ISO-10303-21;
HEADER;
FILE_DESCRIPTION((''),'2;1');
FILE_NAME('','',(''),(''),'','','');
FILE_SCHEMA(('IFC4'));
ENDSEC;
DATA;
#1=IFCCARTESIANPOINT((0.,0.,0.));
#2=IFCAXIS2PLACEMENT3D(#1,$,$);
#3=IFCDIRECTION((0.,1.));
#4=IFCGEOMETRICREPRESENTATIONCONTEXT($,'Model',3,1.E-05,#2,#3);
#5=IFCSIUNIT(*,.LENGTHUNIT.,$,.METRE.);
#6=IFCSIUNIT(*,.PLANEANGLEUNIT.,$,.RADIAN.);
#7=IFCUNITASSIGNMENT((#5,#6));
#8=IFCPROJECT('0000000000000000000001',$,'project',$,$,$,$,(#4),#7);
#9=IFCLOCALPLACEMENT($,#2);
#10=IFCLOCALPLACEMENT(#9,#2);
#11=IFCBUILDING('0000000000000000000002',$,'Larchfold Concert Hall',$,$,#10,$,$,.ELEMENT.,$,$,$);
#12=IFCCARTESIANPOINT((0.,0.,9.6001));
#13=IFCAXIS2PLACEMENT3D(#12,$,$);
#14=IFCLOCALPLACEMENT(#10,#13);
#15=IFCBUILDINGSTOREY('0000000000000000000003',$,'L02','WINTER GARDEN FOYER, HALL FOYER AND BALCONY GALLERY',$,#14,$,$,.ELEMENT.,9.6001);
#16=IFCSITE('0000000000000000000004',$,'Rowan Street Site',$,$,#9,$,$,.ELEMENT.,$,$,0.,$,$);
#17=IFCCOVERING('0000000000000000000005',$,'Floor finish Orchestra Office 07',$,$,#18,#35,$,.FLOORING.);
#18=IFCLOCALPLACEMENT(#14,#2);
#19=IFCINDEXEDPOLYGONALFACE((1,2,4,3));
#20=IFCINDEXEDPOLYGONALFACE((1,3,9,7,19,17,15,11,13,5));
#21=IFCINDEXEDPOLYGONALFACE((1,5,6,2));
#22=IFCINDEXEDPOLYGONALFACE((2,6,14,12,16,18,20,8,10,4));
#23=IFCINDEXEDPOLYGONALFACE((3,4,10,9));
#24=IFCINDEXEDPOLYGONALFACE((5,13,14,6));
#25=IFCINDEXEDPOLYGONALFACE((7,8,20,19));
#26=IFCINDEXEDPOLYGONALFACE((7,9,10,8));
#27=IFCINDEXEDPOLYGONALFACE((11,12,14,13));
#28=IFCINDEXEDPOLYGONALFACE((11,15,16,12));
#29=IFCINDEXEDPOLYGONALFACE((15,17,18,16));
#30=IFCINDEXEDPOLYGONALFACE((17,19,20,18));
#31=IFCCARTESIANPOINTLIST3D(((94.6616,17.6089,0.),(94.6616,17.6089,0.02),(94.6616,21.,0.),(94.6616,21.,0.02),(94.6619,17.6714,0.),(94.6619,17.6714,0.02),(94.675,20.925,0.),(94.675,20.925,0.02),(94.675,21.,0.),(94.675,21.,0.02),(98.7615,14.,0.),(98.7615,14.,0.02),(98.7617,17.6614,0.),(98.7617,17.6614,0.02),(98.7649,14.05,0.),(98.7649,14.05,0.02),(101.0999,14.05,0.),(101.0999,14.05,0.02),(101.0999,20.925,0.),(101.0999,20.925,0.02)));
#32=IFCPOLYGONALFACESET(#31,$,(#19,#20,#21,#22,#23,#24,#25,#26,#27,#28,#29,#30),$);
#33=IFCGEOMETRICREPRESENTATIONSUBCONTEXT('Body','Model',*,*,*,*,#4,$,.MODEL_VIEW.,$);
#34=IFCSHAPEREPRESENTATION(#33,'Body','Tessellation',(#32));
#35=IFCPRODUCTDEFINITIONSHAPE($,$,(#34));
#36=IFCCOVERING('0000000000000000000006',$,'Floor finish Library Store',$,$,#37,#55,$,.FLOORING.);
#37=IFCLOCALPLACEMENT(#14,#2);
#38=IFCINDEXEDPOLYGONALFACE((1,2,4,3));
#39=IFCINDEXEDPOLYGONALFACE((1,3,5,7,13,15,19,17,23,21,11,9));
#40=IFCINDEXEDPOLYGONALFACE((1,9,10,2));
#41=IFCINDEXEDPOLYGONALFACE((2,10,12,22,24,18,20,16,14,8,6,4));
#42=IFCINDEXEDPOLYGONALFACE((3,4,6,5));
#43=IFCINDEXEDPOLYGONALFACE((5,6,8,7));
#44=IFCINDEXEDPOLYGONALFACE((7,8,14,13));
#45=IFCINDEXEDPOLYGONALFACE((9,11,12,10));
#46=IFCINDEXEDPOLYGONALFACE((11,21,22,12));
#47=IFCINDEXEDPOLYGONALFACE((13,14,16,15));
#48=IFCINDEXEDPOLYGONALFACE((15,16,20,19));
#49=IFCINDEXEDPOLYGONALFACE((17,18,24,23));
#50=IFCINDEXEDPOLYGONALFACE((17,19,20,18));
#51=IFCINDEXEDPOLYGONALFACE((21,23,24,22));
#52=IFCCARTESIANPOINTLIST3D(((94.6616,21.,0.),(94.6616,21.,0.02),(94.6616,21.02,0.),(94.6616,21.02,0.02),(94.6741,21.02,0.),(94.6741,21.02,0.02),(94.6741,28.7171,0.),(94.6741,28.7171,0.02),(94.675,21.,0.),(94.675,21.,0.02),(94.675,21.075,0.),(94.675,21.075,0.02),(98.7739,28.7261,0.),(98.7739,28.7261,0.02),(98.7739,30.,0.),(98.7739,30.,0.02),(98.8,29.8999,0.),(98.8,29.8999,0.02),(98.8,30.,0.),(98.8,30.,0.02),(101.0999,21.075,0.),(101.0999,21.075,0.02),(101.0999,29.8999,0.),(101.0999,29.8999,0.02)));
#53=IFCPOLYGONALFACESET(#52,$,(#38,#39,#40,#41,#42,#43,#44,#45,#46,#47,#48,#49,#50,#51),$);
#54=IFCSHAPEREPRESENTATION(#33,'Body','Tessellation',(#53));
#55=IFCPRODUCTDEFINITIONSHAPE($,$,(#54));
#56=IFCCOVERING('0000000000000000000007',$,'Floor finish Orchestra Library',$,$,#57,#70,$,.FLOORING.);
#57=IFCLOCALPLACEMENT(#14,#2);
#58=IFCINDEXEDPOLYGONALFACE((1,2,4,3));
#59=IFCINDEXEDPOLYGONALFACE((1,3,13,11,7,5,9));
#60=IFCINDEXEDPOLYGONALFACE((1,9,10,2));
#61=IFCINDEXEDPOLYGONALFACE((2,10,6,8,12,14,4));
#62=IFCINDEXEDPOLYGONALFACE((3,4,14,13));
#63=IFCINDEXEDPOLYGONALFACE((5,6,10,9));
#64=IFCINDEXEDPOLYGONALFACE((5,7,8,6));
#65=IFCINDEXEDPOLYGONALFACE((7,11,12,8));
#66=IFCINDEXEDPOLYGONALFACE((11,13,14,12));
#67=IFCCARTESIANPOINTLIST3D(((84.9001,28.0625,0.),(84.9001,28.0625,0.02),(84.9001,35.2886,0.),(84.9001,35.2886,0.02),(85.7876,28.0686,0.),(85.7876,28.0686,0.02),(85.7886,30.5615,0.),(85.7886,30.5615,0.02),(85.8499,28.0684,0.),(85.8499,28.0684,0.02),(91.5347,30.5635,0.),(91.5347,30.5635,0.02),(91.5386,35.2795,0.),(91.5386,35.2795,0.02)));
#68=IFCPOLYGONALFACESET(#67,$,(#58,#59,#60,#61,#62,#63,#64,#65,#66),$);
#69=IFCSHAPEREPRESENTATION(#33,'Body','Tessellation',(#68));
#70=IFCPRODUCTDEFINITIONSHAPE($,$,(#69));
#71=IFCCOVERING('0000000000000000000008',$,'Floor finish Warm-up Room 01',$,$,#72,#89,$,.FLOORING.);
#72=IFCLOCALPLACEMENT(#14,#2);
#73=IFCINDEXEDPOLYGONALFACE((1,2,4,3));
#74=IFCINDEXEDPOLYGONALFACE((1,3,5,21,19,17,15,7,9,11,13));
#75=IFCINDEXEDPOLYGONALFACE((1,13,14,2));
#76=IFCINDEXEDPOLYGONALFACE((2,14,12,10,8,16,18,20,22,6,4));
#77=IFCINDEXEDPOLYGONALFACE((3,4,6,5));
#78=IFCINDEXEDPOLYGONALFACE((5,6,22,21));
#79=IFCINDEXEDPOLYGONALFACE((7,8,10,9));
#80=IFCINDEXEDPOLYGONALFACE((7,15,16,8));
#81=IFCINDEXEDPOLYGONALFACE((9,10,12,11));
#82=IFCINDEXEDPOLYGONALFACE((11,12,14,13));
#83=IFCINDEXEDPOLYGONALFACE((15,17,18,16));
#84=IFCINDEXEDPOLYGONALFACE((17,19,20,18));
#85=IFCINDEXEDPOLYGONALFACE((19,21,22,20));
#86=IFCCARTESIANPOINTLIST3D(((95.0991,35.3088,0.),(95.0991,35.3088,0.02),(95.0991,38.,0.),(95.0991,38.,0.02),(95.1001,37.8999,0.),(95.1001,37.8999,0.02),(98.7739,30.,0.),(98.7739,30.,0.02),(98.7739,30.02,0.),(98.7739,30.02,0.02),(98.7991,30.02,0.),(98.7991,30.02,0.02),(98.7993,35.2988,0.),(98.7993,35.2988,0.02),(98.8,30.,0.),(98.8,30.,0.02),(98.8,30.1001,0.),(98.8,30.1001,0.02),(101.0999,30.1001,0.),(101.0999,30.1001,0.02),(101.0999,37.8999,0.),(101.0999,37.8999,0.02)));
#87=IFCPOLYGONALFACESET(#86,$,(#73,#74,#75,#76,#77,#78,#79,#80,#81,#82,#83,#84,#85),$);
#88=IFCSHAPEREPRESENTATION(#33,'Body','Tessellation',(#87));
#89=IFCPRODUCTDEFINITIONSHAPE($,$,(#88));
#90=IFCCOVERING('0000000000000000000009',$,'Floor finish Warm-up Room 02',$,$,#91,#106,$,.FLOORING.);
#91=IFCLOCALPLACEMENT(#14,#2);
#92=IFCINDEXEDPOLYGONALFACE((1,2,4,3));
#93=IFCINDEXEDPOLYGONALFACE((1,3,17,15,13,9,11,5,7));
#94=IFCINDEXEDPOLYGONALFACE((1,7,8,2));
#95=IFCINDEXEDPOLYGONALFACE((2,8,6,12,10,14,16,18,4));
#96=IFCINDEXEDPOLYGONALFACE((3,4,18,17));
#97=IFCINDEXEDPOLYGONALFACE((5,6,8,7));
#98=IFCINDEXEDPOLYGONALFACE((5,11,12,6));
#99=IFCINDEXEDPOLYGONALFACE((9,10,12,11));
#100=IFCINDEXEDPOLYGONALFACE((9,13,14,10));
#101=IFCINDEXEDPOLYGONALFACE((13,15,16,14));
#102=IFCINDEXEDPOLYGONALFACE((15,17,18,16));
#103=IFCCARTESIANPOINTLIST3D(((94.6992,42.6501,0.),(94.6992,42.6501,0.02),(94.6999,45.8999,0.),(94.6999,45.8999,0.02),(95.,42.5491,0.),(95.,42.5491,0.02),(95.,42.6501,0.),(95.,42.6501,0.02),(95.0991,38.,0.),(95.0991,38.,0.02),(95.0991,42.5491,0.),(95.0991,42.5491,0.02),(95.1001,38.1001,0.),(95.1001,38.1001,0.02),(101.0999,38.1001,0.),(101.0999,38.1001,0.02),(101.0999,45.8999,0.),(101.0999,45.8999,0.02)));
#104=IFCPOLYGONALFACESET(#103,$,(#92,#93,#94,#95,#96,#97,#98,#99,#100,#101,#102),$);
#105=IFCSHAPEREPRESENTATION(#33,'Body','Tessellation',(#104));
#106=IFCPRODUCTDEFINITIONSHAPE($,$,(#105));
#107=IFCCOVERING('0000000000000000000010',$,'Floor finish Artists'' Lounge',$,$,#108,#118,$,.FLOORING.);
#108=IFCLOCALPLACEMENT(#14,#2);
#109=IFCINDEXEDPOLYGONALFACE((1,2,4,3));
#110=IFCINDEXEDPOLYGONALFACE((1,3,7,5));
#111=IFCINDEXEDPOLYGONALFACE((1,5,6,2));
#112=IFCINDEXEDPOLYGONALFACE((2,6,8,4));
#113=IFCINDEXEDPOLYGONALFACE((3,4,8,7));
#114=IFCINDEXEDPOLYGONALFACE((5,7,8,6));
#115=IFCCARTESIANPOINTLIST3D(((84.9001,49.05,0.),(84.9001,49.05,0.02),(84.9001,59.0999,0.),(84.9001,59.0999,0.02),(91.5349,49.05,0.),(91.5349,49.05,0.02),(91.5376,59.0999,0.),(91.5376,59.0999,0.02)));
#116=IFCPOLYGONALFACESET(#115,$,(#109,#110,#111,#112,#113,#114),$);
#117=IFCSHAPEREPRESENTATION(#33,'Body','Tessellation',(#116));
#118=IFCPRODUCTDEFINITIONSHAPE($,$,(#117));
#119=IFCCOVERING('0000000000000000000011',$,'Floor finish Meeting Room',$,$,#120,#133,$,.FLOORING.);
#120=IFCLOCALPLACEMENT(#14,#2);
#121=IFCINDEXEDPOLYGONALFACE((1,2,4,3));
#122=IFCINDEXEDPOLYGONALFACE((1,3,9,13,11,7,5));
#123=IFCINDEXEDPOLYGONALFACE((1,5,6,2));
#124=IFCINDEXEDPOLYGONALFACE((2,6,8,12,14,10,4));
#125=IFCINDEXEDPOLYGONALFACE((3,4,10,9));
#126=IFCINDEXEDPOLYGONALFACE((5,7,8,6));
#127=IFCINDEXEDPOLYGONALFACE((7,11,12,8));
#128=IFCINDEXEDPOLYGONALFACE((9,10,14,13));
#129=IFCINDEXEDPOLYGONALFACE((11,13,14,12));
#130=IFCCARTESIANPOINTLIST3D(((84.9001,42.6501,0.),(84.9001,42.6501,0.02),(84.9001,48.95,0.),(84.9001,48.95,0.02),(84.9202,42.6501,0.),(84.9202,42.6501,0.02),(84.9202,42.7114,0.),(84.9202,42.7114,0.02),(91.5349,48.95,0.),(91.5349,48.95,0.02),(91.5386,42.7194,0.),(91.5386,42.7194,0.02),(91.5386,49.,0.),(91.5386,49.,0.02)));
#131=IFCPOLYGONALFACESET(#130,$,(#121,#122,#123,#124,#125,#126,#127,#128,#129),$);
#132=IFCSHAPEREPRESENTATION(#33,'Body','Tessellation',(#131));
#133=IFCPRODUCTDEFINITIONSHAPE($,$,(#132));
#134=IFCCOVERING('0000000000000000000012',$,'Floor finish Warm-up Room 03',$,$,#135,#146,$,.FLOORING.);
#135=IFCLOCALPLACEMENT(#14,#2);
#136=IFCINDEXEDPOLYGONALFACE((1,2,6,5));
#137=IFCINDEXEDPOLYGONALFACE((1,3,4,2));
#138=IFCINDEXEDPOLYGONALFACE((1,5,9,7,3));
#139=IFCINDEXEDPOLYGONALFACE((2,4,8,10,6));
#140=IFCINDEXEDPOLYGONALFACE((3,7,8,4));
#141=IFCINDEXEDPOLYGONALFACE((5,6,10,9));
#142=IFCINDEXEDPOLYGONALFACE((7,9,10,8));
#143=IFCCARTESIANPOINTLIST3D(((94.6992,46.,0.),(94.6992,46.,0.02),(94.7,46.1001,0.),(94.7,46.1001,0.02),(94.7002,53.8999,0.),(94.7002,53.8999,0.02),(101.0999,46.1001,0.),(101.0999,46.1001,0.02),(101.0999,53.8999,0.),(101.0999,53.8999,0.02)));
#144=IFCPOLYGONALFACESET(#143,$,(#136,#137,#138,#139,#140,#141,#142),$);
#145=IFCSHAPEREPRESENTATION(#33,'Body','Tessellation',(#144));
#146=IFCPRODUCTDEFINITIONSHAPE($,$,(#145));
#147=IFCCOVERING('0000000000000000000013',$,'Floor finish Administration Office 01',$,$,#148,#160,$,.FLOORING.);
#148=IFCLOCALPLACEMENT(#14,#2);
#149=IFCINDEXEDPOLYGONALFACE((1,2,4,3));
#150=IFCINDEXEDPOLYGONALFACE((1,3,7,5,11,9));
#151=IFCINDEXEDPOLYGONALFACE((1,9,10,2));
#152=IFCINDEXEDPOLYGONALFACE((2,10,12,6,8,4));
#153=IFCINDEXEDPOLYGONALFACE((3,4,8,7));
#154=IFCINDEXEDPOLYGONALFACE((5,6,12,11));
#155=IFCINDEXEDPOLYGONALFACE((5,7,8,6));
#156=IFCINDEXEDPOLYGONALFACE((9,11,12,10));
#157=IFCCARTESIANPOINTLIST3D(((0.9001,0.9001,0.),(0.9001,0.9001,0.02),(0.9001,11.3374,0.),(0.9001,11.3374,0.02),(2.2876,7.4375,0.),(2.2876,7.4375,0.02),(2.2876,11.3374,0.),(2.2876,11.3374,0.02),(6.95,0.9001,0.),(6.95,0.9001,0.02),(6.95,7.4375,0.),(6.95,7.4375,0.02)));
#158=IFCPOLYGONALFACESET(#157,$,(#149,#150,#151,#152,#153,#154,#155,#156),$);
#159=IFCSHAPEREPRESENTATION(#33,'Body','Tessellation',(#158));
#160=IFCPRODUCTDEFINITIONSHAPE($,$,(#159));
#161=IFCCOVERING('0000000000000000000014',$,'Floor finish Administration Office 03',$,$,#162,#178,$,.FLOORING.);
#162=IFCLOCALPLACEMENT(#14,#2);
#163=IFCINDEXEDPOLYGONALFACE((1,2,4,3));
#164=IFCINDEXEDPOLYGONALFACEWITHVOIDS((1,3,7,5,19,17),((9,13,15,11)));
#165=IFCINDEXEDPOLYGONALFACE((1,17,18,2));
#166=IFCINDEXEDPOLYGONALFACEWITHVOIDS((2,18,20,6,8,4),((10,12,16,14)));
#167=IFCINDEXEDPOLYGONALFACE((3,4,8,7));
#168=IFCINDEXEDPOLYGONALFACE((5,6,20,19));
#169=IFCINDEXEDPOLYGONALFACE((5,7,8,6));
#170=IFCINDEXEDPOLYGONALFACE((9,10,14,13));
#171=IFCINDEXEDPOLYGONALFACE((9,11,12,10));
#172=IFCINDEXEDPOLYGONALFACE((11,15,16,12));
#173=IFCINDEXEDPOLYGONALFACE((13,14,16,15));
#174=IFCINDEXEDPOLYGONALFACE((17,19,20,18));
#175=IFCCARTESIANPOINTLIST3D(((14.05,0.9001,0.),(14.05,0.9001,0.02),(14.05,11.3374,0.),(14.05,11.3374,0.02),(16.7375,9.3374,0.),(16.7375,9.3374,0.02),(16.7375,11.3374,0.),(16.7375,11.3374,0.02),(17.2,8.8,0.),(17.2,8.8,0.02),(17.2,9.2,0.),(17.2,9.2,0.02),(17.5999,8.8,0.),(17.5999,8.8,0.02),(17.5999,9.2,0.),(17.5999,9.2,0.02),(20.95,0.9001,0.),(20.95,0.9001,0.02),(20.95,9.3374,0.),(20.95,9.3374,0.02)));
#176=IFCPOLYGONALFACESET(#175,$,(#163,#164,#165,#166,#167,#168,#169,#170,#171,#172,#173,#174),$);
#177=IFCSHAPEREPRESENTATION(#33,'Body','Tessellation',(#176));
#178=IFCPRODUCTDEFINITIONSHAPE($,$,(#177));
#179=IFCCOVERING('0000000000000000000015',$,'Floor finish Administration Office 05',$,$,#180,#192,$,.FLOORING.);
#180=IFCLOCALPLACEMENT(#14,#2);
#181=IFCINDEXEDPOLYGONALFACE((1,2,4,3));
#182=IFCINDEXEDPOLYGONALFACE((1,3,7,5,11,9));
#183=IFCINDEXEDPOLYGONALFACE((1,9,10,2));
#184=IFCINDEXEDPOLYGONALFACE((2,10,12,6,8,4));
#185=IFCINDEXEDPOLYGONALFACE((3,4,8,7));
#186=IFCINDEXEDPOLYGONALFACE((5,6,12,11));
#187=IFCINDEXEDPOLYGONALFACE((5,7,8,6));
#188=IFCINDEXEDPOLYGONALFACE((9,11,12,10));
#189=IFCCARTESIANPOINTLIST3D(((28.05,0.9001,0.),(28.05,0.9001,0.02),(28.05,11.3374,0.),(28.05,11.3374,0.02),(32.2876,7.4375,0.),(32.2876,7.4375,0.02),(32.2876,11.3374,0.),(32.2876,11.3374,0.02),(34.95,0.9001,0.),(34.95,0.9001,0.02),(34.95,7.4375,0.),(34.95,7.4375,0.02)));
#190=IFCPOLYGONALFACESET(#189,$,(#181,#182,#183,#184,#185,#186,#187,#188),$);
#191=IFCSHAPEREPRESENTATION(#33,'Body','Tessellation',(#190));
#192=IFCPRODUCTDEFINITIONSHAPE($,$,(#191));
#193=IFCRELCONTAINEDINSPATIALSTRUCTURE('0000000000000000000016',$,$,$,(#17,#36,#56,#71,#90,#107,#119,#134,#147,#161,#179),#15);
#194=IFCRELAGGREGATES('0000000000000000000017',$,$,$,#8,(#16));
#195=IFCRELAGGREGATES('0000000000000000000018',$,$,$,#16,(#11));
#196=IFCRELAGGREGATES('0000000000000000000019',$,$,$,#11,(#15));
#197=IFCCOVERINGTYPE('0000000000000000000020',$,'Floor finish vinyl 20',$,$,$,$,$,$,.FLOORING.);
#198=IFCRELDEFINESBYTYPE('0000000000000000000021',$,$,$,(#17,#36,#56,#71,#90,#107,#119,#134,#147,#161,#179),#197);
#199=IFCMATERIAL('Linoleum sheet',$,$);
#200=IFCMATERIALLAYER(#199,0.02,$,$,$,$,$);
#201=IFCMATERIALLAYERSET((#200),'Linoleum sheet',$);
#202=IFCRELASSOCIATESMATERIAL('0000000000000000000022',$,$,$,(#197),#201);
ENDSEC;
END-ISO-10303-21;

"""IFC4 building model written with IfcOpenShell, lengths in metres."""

from ifc_helpers import new_model, si_unit, direction, frame, origin, place, context, subcontext, project, spatial, polyline, outline, extrude, material, layer, layer_set, type_object, element, save


model = new_model("IFC4")

# Units and contexts
model_context = context("Model", 3, precision=1e-05, world=origin(), true_north=direction((0.0, 1.0)))
body_context = subcontext(model_context, "Body", "Model", "MODEL_VIEW")
ifc_project = project(units=[si_unit("LENGTHUNIT", "METRE"), si_unit("PLANEANGLEUNIT", "RADIAN")], contexts=[model_context])

# Site, building, storey
site_placement = place(None, origin())
site = spatial("IfcSite", under=ifc_project, at=site_placement, Name="Rowan Street Site", CompositionType="ELEMENT", RefElevation=0.0)
building_placement = place(site_placement, origin())
building = spatial("IfcBuilding", under=site, at=building_placement, Name="Larchfold Concert Hall", CompositionType="ELEMENT")
storey_placement = place(building_placement, frame((0.0, 0.0, 9.6001)))
storey = spatial("IfcBuildingStorey", under=building, at=storey_placement, Name="L02", Description="WINTER GARDEN FOYER, HALL FOYER AND BALCONY GALLERY", CompositionType="ELEMENT", Elevation=9.6001)

# Coverings
ifc_material_1 = material(Name="Linoleum sheet")
ifc_layer_1 = layer(ifc_material_1, 0.02)
ifc_layer_set_1 = layer_set([ifc_layer_1], Name="Linoleum sheet")
covering_type_1 = type_object("IfcCoveringType", Name="Floor finish vinyl 20", PredefinedType="FLOORING", material=ifc_layer_set_1)
covering_1_placement = place(storey_placement, origin())
element("IfcCovering", 1, at=covering_1_placement, inside=storey, type_object=covering_type_1, Name="Floor finish Orchestra Office 07", PredefinedType="FLOORING", context=body_context, shape_type="SweptSolid", body=[
    extrude(outline(polyline([(94.6616, 17.6089), (94.6619, 17.6714), (98.7617, 17.6614), (98.7615, 14.0), (98.7649, 14.05), (101.0999, 14.05), (101.0999, 20.925), (94.675, 20.925), (94.675, 21.0), (94.6616, 21.0), (94.6616, 17.6089)])), origin(), (0.0, 0.0, 1.0), 0.02),
])
covering_2_placement = place(storey_placement, origin())
element("IfcCovering", 2, at=covering_2_placement, inside=storey, type_object=covering_type_1, Name="Floor finish Library Store", PredefinedType="FLOORING", context=body_context, shape_type="SweptSolid", body=[
    extrude(outline(polyline([(94.657, 28.717), (94.6741, 28.717), (94.6741, 21.02), (94.6616, 21.02), (94.6616, 21.0), (94.675, 21.0), (94.675, 21.075), (101.0999, 21.075), (101.0999, 29.8999), (98.8, 29.8999), (98.8, 30.0), (98.7739, 30.0), (98.7739, 28.7261), (94.657, 28.717)])), origin(), (0.0, 0.0, 1.0), 0.02),
])
covering_3_placement = place(storey_placement, origin())
element("IfcCovering", 3, at=covering_3_placement, inside=storey, type_object=covering_type_1, Name="Floor finish Orchestra Library", PredefinedType="FLOORING", context=body_context, shape_type="SweptSolid", body=[
    extrude(outline(polyline([(85.8499, 28.0684), (85.7876, 28.0686), (85.7886, 30.5615), (91.6001, 30.5635), (91.5347, 30.5635), (91.5386, 35.2795), (84.9001, 35.2886), (84.9001, 28.0625), (85.8499, 28.0684)])), origin(), (0.0, 0.0, 1.0), 0.02),
])
covering_4_placement = place(storey_placement, origin())
element("IfcCovering", 4, at=covering_4_placement, inside=storey, type_object=covering_type_1, Name="Floor finish Warm-up Room 01", PredefinedType="FLOORING", context=body_context, shape_type="SweptSolid", body=[
    extrude(outline(polyline([(95.0991, 35.3088), (98.7993, 35.2988), (98.7991, 30.02), (98.7739, 30.02), (98.7739, 30.0), (98.8, 30.0), (98.8, 30.1001), (101.0999, 30.1001), (101.0999, 37.8999), (95.1001, 37.8999), (95.0991, 38.0), (95.0991, 35.3088)])), origin(), (0.0, 0.0, 1.0), 0.02),
])
covering_5_placement = place(storey_placement, origin())
element("IfcCovering", 5, at=covering_5_placement, inside=storey, type_object=covering_type_1, Name="Floor finish Warm-up Room 02", PredefinedType="FLOORING", context=body_context, shape_type="SweptSolid", body=[
    extrude(outline(polyline([(94.7, 46.0), (94.6992, 42.6501), (95.0, 42.6501), (95.0, 42.5491), (95.0991, 42.5491), (95.0991, 38.0), (95.1001, 38.1001), (101.0999, 38.1001), (101.0999, 45.8999), (94.7, 45.8999), (94.7, 46.0)])), origin(), (0.0, 0.0, 1.0), 0.02),
])
covering_6_placement = place(storey_placement, origin())
element("IfcCovering", 6, at=covering_6_placement, inside=storey, type_object=covering_type_1, Name="Floor finish Artists' Lounge", PredefinedType="FLOORING", context=body_context, shape_type="SweptSolid", body=[
    extrude(outline(polyline([(91.5349, 49.0), (91.5376, 59.0999), (84.9001, 59.0999), (84.9001, 49.05), (91.5349, 49.05), (91.5349, 49.0)])), origin(), (0.0, 0.0, 1.0), 0.02),
])
covering_7_placement = place(storey_placement, origin())
element("IfcCovering", 7, at=covering_7_placement, inside=storey, type_object=covering_type_1, Name="Floor finish Meeting Room", PredefinedType="FLOORING", context=body_context, shape_type="SweptSolid", body=[
    extrude(outline(polyline([(91.5386, 49.0), (91.5349, 48.95), (84.9001, 48.95), (84.9001, 42.6501), (84.9202, 42.6501), (84.9202, 42.7114), (91.6001, 42.7195), (91.5386, 42.7195), (91.5386, 49.0)])), origin(), (0.0, 0.0, 1.0), 0.02),
])
covering_8_placement = place(storey_placement, origin())
element("IfcCovering", 8, at=covering_8_placement, inside=storey, type_object=covering_type_1, Name="Floor finish Warm-up Room 03", PredefinedType="FLOORING", context=body_context, shape_type="SweptSolid", body=[
    extrude(outline(polyline([(94.6992, 46.0), (94.7, 46.1001), (101.0999, 46.1001), (101.0999, 53.8999), (94.7002, 53.8999), (94.6992, 46.0)])), origin(), (0.0, 0.0, 1.0), 0.02),
])
covering_9_placement = place(storey_placement, origin())
element("IfcCovering", 9, at=covering_9_placement, inside=storey, type_object=covering_type_1, Name="Floor finish Administration Office 01", PredefinedType="FLOORING", context=body_context, shape_type="SweptSolid", body=[
    extrude(outline(polyline([(0.9001, 0.9001), (6.95, 0.9001), (6.95, 7.4375), (2.2876, 7.4375), (2.2876, 11.3374), (0.9001, 11.3374), (0.9001, 0.9001)])), origin(), (0.0, 0.0, 1.0), 0.02),
])
covering_10_placement = place(storey_placement, origin())
element("IfcCovering", 10, at=covering_10_placement, inside=storey, type_object=covering_type_1, Name="Floor finish Administration Office 03", PredefinedType="FLOORING", context=body_context, shape_type="SweptSolid", body=[
    extrude(outline(polyline([(14.05, 0.9001), (20.95, 0.9001), (20.95, 9.3374), (16.7375, 9.3374), (16.7375, 11.3374), (14.05, 11.3374), (14.05, 0.9001)]), holes=[polyline([(17.5999, 8.8), (17.2, 8.8), (17.2, 9.2), (17.5999, 9.2), (17.5999, 8.8)])]), origin(), (0.0, 0.0, 1.0), 0.02),
])
covering_11_placement = place(storey_placement, origin())
element("IfcCovering", 11, at=covering_11_placement, inside=storey, type_object=covering_type_1, Name="Floor finish Administration Office 05", PredefinedType="FLOORING", context=body_context, shape_type="SweptSolid", body=[
    extrude(outline(polyline([(28.05, 0.9001), (34.95, 0.9001), (34.95, 7.4375), (32.2876, 7.4375), (32.2876, 11.3374), (28.05, 11.3374), (28.05, 0.9001)])), origin(), (0.0, 0.0, 1.0), 0.02),
])

save(model, "model.ifc")
